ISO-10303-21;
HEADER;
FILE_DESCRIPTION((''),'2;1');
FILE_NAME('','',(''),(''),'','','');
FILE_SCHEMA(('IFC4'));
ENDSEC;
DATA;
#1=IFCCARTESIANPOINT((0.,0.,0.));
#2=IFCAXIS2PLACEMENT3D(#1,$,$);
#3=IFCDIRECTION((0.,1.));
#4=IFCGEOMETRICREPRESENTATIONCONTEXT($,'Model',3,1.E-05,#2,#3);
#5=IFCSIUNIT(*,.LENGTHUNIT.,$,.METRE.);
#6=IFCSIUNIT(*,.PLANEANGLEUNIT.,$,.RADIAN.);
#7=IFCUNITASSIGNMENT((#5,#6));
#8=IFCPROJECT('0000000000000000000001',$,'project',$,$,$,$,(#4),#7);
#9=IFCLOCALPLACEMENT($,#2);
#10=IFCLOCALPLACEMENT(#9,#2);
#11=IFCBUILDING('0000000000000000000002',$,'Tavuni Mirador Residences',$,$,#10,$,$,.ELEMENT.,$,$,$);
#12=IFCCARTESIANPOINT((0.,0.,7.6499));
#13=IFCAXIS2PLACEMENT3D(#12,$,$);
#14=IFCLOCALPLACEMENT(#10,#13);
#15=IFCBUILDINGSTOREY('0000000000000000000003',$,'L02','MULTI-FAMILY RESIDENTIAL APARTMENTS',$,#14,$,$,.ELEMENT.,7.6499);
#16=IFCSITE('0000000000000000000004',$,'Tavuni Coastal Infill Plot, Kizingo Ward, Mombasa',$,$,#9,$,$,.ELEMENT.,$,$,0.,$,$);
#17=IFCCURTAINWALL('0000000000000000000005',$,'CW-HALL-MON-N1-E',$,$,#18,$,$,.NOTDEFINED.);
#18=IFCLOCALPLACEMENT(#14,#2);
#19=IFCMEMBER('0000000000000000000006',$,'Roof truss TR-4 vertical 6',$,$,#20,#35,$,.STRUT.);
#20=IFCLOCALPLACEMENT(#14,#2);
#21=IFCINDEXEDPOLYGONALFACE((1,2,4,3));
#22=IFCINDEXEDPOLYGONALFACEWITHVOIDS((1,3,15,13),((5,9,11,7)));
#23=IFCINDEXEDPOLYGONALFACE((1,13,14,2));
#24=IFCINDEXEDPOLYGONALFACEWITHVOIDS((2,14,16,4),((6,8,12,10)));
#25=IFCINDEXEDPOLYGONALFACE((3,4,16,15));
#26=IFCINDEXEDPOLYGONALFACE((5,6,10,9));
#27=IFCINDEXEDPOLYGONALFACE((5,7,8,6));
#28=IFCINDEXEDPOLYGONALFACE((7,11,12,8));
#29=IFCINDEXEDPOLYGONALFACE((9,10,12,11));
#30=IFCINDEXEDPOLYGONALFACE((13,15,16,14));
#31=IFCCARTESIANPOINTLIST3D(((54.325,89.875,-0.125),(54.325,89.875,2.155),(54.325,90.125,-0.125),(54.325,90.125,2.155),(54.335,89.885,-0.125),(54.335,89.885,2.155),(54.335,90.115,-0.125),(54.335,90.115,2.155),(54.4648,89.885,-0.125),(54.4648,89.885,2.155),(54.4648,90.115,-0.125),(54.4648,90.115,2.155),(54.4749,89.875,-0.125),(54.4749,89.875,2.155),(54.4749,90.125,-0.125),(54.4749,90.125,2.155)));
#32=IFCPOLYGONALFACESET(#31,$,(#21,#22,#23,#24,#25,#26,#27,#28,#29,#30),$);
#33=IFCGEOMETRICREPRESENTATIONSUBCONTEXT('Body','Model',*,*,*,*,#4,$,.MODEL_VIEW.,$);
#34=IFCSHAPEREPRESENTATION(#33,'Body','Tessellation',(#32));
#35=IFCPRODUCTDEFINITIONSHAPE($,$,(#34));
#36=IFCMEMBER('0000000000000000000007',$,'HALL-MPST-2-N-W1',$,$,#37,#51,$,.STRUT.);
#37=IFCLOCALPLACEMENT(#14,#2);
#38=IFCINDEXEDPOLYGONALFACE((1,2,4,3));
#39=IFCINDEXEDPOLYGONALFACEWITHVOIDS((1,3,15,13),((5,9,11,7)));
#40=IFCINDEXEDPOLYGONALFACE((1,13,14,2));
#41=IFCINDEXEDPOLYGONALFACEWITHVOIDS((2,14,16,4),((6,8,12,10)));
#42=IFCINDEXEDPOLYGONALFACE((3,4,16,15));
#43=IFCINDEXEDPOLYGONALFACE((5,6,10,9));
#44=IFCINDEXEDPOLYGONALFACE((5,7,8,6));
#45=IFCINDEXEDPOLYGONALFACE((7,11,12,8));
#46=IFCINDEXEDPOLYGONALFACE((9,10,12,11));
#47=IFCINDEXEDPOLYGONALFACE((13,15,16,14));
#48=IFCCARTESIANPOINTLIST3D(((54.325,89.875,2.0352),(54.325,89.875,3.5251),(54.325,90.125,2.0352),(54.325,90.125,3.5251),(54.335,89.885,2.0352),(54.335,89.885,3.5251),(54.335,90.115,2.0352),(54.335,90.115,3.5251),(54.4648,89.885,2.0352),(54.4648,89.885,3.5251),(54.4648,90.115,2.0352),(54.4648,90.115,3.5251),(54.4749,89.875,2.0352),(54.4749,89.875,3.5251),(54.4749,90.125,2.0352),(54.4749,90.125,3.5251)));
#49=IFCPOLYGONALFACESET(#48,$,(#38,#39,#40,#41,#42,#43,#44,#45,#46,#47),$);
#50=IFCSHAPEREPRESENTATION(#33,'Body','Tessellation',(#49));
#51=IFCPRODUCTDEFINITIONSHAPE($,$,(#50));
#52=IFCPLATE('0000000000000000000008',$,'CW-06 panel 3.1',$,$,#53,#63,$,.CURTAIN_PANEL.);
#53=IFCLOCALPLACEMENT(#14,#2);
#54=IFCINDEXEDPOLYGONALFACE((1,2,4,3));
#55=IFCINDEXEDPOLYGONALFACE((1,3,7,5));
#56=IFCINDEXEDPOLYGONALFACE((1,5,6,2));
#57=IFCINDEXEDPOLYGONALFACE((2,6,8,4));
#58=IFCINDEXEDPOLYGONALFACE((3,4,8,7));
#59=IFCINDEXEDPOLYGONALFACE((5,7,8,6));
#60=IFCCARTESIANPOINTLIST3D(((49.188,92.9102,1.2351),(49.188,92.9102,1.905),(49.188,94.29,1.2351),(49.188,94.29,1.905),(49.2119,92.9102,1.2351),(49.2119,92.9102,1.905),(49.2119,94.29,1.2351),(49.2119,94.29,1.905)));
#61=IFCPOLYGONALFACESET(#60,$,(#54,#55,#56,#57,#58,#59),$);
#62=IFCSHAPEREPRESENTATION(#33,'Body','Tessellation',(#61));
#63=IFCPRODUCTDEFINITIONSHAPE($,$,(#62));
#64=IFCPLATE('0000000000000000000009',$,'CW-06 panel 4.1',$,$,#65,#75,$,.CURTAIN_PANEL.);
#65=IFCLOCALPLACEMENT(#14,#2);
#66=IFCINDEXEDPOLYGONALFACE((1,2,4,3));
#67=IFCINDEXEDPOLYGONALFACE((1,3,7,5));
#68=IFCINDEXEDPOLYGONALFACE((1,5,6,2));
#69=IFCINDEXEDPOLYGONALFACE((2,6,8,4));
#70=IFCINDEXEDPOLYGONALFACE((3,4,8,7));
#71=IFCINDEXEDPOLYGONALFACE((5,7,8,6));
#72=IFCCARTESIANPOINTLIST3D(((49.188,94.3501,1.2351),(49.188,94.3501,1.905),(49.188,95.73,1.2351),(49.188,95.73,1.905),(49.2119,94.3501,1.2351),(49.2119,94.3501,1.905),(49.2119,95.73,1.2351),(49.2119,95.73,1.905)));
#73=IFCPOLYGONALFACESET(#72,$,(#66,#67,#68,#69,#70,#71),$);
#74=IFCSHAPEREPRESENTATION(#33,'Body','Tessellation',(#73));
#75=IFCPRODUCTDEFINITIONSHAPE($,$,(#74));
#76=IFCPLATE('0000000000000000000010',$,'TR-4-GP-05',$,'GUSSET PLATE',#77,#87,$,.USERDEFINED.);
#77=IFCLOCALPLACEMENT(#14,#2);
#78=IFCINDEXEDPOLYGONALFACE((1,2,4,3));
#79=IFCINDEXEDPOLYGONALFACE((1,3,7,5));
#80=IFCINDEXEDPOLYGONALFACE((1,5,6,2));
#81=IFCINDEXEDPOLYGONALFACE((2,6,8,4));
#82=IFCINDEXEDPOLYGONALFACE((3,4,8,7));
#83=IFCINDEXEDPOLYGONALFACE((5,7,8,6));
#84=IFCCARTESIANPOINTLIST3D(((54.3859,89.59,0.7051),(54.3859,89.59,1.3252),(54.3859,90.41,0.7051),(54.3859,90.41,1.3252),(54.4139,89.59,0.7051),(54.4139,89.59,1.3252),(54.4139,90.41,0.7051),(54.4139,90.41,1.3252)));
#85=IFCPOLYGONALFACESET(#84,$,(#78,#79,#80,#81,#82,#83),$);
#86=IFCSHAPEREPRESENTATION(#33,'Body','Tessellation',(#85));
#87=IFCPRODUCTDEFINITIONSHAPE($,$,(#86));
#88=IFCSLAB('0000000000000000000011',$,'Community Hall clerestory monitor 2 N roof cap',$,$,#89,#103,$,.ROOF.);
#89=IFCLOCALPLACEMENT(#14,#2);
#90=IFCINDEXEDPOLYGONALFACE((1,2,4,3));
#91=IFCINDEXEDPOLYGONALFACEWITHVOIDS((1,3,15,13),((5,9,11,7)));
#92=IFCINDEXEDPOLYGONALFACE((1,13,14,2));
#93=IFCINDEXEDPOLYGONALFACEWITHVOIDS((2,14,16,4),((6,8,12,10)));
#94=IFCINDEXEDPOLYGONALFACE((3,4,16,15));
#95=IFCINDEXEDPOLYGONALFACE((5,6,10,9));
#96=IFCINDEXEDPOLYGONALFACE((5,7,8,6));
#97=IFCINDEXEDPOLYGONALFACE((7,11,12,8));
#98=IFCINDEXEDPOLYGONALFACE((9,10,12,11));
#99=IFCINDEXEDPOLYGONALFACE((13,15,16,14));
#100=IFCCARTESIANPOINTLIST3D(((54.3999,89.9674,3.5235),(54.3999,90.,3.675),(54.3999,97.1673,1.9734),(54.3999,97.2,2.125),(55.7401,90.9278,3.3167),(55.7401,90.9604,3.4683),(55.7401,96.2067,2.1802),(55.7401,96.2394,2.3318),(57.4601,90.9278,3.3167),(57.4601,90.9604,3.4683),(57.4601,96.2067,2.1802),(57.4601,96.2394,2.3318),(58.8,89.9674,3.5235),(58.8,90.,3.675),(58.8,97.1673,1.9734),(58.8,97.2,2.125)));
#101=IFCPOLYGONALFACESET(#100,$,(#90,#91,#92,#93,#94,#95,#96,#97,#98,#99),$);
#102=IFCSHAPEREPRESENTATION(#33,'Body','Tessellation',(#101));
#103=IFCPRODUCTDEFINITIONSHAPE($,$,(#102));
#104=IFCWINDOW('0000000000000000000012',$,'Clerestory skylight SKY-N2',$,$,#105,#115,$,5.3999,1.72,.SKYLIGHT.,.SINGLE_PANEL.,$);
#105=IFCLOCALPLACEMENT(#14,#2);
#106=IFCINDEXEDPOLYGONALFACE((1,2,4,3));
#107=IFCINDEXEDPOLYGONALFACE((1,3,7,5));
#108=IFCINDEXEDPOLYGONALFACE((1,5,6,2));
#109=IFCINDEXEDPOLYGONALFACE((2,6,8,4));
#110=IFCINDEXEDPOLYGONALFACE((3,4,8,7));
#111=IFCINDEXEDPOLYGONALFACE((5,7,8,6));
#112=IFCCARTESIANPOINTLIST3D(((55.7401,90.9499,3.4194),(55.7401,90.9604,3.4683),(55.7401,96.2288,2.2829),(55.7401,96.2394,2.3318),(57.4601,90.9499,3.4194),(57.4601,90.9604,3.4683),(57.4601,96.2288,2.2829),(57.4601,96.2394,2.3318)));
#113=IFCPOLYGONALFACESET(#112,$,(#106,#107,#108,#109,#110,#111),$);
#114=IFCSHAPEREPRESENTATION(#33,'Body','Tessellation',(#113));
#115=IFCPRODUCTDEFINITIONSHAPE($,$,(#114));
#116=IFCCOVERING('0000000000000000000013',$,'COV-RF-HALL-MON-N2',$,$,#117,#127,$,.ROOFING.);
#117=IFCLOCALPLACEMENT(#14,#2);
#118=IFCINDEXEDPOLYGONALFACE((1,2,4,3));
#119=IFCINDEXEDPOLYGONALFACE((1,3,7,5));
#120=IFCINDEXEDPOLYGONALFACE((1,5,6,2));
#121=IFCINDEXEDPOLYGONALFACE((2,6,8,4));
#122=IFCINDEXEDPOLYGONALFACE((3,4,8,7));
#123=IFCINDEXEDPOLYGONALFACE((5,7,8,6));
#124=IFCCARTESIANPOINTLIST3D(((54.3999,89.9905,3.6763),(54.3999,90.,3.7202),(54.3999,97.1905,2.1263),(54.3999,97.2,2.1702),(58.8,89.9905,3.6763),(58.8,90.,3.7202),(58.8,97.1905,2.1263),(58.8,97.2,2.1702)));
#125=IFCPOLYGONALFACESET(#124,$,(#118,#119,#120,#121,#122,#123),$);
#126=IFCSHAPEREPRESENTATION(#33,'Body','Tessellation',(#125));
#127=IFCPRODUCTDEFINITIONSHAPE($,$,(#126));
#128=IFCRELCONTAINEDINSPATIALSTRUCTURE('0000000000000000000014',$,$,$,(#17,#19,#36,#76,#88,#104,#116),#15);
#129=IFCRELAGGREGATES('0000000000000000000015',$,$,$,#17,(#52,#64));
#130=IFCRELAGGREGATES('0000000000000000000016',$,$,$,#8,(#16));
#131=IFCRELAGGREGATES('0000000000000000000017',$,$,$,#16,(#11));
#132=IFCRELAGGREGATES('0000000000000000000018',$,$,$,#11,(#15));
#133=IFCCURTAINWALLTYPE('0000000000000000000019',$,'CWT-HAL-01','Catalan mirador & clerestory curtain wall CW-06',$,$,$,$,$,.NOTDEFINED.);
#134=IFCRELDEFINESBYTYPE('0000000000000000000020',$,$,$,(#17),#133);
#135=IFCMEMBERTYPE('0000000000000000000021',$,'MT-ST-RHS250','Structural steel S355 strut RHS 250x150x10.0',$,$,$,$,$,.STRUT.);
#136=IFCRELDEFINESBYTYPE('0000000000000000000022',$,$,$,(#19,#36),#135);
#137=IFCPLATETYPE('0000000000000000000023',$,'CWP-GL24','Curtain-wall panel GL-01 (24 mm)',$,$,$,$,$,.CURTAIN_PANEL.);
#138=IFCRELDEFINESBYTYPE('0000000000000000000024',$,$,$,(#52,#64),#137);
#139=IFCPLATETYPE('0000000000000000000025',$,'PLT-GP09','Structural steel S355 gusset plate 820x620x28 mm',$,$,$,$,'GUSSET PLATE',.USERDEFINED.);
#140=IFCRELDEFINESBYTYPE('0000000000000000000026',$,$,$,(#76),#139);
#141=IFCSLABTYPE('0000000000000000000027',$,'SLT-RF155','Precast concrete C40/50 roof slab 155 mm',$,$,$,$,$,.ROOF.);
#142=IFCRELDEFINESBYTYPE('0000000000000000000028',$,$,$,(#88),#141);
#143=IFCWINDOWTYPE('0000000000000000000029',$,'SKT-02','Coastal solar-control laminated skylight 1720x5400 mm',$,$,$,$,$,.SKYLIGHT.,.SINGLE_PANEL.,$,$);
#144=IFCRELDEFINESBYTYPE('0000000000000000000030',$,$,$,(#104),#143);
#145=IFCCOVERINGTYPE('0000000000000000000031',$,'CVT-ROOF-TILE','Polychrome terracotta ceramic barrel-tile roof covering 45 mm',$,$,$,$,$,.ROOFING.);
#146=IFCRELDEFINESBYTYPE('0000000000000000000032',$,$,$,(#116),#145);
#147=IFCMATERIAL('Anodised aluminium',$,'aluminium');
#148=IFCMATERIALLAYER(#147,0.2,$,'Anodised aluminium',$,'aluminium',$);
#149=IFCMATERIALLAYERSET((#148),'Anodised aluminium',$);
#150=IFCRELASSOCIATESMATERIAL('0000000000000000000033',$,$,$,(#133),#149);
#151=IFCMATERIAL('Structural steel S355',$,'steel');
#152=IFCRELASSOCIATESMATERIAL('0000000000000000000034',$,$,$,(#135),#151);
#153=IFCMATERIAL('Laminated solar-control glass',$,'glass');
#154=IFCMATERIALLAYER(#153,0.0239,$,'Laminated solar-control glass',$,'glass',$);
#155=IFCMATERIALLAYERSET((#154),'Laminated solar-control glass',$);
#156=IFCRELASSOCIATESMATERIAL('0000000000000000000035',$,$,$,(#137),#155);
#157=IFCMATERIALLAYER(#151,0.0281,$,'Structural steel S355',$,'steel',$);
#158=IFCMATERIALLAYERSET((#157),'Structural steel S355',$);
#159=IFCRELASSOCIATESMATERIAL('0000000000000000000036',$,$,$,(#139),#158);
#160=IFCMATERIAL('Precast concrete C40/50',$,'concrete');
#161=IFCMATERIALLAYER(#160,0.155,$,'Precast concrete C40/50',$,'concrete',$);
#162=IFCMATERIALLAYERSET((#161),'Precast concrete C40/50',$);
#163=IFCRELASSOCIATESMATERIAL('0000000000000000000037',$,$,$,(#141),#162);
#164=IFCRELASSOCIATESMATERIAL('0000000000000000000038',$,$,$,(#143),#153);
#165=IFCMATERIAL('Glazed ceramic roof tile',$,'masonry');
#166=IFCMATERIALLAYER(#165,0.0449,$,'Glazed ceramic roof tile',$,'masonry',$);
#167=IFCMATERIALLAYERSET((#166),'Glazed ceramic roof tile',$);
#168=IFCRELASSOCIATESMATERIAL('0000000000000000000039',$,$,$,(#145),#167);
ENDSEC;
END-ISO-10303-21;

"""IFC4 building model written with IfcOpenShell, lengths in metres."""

from ifc_helpers import new_model, si_unit, direction, frame, origin, origin_2d, place, context, subcontext, project, spatial, polyline, rectangle, hollow_rectangle, outline, extrude, material, layer, layer_set, material_profile, profile_set, type_object, element, fill, aggregate, save


model = new_model("IFC4")

# Units and contexts
model_context = context("Model", 3, precision=1e-05, world=origin(), true_north=direction((0.0, 1.0)))
body_context = subcontext(model_context, "Body", "Model", "MODEL_VIEW")
ifc_project = project(units=[si_unit("LENGTHUNIT", "METRE"), si_unit("PLANEANGLEUNIT", "RADIAN")], contexts=[model_context])

# Site, building, storey
site_placement = place(None, origin())
site = spatial("IfcSite", under=ifc_project, at=site_placement, Name="Tavuni Coastal Infill Plot, Kizingo Ward, Mombasa", CompositionType="ELEMENT", RefElevation=0.0)
building_placement = place(site_placement, origin())
building = spatial("IfcBuilding", under=site, at=building_placement, Name="Tavuni Mirador Residences", CompositionType="ELEMENT")
storey_placement = place(building_placement, frame((0.0, 0.0, 7.6499)))
storey = spatial("IfcBuildingStorey", under=building, at=storey_placement, Name="L02", Description="MULTI-FAMILY RESIDENTIAL APARTMENTS", CompositionType="ELEMENT", Elevation=7.6499)

# Curtain wall
ifc_material_1 = material(Name="Anodised aluminium", Category="aluminium")
ifc_layer_1 = layer(ifc_material_1, 0.2, Name="Anodised aluminium", Category="aluminium")
ifc_layer_set_1 = layer_set([ifc_layer_1], Name="Anodised aluminium")
curtain_wall_type = type_object("IfcCurtainWallType", Name="CWT-HAL-01", Description="Catalan mirador & clerestory curtain wall CW-06", PredefinedType="NOTDEFINED", material=ifc_layer_set_1)
curtain_wall_1_placement = place(storey_placement, origin())
curtain_wall_1 = element("IfcCurtainWall", 1, at=curtain_wall_1_placement, inside=storey, type_object=curtain_wall_type, Name="CW-HALL-MON-N1-E", PredefinedType="NOTDEFINED")

# Members
ifc_material_2 = material(Name="Structural steel S355", Category="steel")
ifc_material_profile_1 = material_profile(ifc_material_2, hollow_rectangle(XDim=0.1499, YDim=0.25, WallThickness=0.01, at=origin_2d()), Name="RHS 250x150x10.0", Category="steel")
ifc_profile_set_1 = profile_set([ifc_material_profile_1], Name="Structural steel S355")
member_type_1 = type_object("IfcMemberType", Name="MT-ST-RHS250", Description="Structural steel S355 strut RHS 250x150x10.0", PredefinedType="STRUT", material=ifc_profile_set_1)
member_1_placement = place(storey_placement, frame((54.3999, 90.0, -0.125), z_axis=(0.0, 0.0, 1.0), x_axis=(1.0, 0.0, 0.0)))
element("IfcMember", 2, at=member_1_placement, inside=storey, type_object=member_type_1, Name="Roof truss TR-4 vertical 6", PredefinedType="STRUT", context=body_context, shape_type="SweptSolid", body=[
    extrude(hollow_rectangle(XDim=0.1499, YDim=0.25, WallThickness=0.01, at=origin_2d()), origin(), (0.0, 0.0, 1.0), 2.28),
])
member_2_placement = place(storey_placement, frame((54.3999, 90.0, 2.0352), z_axis=(0.0, 0.0, 1.0), x_axis=(1.0, 0.0, 0.0)))
element("IfcMember", 3, at=member_2_placement, inside=storey, type_object=member_type_1, Name="HALL-MPST-2-N-W1", PredefinedType="STRUT", context=body_context, shape_type="SweptSolid", body=[
    extrude(hollow_rectangle(XDim=0.1499, YDim=0.25, WallThickness=0.01, at=origin_2d()), origin(), (0.0, 0.0, 1.0), 1.49),
])

# Plates
ifc_material_3 = material(Name="Laminated solar-control glass", Category="glass")
ifc_layer_2 = layer(ifc_material_3, 0.0239, Name="Laminated solar-control glass", Category="glass")
ifc_layer_set_2 = layer_set([ifc_layer_2], Name="Laminated solar-control glass")
plate_type_1 = type_object("IfcPlateType", Name="CWP-GL24", Description="Curtain-wall panel GL-01 (24 mm)", PredefinedType="CURTAIN_PANEL", material=ifc_layer_set_2)
plate_1_placement = place(storey_placement, frame((49.2, 93.6001, 1.2351), z_axis=(0.0, 0.0, 1.0), x_axis=(0.0, 1.0, 0.0)))
plate_1 = element("IfcPlate", 4, at=plate_1_placement, type_object=plate_type_1, Name="CW-06 panel 3.1", PredefinedType="CURTAIN_PANEL", context=body_context, shape_type="SweptSolid", body=[
    extrude(rectangle(XDim=1.3799, YDim=0.0239, at=origin_2d()), origin(), (0.0, 0.0, 1.0), 0.6699),
])
plate_2_placement = place(storey_placement, frame((49.2, 95.04, 1.2351), z_axis=(0.0, 0.0, 1.0), x_axis=(0.0, 1.0, 0.0)))
plate_2 = element("IfcPlate", 5, at=plate_2_placement, type_object=plate_type_1, Name="CW-06 panel 4.1", PredefinedType="CURTAIN_PANEL", context=body_context, shape_type="SweptSolid", body=[
    extrude(rectangle(XDim=1.3799, YDim=0.0239, at=origin_2d()), origin(), (0.0, 0.0, 1.0), 0.6699),
])
aggregate(curtain_wall_1, [plate_1, plate_2])
ifc_layer_3 = layer(ifc_material_2, 0.0281, Name="Structural steel S355", Category="steel")
ifc_layer_set_3 = layer_set([ifc_layer_3], Name="Structural steel S355")
plate_type_2 = type_object("IfcPlateType", Name="PLT-GP09", Description="Structural steel S355 gusset plate 820x620x28 mm", ElementType="GUSSET PLATE", PredefinedType="USERDEFINED", material=ifc_layer_set_3)
plate_3_placement = place(storey_placement, frame((54.3999, 90.0, 0.7051), z_axis=(0.0, 0.0, 1.0), x_axis=(0.0, 1.0, 0.0)))
element("IfcPlate", 6, at=plate_3_placement, inside=storey, type_object=plate_type_2, Name="TR-4-GP-05", ObjectType="GUSSET PLATE", PredefinedType="USERDEFINED", context=body_context, shape_type="SweptSolid", body=[
    extrude(rectangle(XDim=0.8201, YDim=0.0281, at=origin_2d()), origin(), (0.0, 0.0, 1.0), 0.6201),
])

# Slab, opening, window
ifc_material_4 = material(Name="Precast concrete C40/50", Category="concrete")
ifc_layer_4 = layer(ifc_material_4, 0.155, Name="Precast concrete C40/50", Category="concrete")
ifc_layer_set_4 = layer_set([ifc_layer_4], Name="Precast concrete C40/50")
slab_type = type_object("IfcSlabType", Name="SLT-RF155", Description="Precast concrete C40/50 roof slab 155 mm", PredefinedType="ROOF", material=ifc_layer_set_4)
slab_placement = place(storey_placement, frame((54.3999, 90.0, 3.675), z_axis=(0.0, 0.210464, 0.977602), x_axis=(1.0, 0.0, 0.0)))
slab = element("IfcSlab", 7, at=slab_placement, inside=storey, type_object=slab_type, Name="Community Hall clerestory monitor 2 N roof cap", PredefinedType="ROOF", context=body_context, shape_type="SweptSolid", body=[
    extrude(outline(polyline([(0.0, 0.0), (4.4001, 0.0), (4.4001, 7.3649), (0.0, 7.3649), (0.0, 0.0)])), origin(), (0.0, 0.0, -1.0), 0.155),
])
opening_placement = place(slab_placement, frame((2.2002, 3.6824, 0.0)))
opening = element("IfcOpeningElement", 8, at=opening_placement, cuts=slab, PredefinedType="OPENING", context=body_context, shape_type="SweptSolid", body=[
    extrude(rectangle(XDim=1.72, YDim=5.3999, at=origin_2d()), frame((0.0, 0.0, 0.01)), (0.0, 0.0, -1.0), 0.175),
])
window_type = type_object("IfcWindowType", Name="SKT-02", Description="Coastal solar-control laminated skylight 1720x5400 mm", PartitioningType="SINGLE_PANEL", PredefinedType="SKYLIGHT", material=ifc_material_3)
window_placement = place(opening_placement, origin())
window = element("IfcWindow", 9, at=window_placement, inside=storey, type_object=window_type, Name="Clerestory skylight SKY-N2", OverallHeight=5.3999, OverallWidth=1.72, PartitioningType="SINGLE_PANEL", PredefinedType="SKYLIGHT", context=body_context, shape_type="SweptSolid", body=[
    extrude(rectangle(XDim=1.72, YDim=5.3999, at=origin_2d()), origin(), (0.0, 0.0, -1.0), 0.05),
])
fill(opening, window)

# Covering
ifc_material_5 = material(Name="Glazed ceramic roof tile", Category="masonry")
ifc_layer_5 = layer(ifc_material_5, 0.0449, Name="Glazed ceramic roof tile", Category="masonry")
ifc_layer_set_5 = layer_set([ifc_layer_5], Name="Glazed ceramic roof tile")
covering_type = type_object("IfcCoveringType", Name="CVT-ROOF-TILE", Description="Polychrome terracotta ceramic barrel-tile roof covering 45 mm", PredefinedType="ROOFING", material=ifc_layer_set_5)
covering_placement = place(storey_placement, frame((54.3999, 90.0, 3.7202), z_axis=(0.0, 0.210464, 0.977602), x_axis=(1.0, 0.0, 0.0)))
element("IfcCovering", 10, at=covering_placement, inside=storey, type_object=covering_type, Name="COV-RF-HALL-MON-N2", PredefinedType="ROOFING", context=body_context, shape_type="SweptSolid", body=[
    extrude(outline(polyline([(0.0, 0.0), (4.4001, 0.0), (4.4001, 7.3649), (0.0, 7.3649), (0.0, 0.0)])), origin(), (0.0, 0.0, -1.0), 0.0449),
])

save(model, "model.ifc")
